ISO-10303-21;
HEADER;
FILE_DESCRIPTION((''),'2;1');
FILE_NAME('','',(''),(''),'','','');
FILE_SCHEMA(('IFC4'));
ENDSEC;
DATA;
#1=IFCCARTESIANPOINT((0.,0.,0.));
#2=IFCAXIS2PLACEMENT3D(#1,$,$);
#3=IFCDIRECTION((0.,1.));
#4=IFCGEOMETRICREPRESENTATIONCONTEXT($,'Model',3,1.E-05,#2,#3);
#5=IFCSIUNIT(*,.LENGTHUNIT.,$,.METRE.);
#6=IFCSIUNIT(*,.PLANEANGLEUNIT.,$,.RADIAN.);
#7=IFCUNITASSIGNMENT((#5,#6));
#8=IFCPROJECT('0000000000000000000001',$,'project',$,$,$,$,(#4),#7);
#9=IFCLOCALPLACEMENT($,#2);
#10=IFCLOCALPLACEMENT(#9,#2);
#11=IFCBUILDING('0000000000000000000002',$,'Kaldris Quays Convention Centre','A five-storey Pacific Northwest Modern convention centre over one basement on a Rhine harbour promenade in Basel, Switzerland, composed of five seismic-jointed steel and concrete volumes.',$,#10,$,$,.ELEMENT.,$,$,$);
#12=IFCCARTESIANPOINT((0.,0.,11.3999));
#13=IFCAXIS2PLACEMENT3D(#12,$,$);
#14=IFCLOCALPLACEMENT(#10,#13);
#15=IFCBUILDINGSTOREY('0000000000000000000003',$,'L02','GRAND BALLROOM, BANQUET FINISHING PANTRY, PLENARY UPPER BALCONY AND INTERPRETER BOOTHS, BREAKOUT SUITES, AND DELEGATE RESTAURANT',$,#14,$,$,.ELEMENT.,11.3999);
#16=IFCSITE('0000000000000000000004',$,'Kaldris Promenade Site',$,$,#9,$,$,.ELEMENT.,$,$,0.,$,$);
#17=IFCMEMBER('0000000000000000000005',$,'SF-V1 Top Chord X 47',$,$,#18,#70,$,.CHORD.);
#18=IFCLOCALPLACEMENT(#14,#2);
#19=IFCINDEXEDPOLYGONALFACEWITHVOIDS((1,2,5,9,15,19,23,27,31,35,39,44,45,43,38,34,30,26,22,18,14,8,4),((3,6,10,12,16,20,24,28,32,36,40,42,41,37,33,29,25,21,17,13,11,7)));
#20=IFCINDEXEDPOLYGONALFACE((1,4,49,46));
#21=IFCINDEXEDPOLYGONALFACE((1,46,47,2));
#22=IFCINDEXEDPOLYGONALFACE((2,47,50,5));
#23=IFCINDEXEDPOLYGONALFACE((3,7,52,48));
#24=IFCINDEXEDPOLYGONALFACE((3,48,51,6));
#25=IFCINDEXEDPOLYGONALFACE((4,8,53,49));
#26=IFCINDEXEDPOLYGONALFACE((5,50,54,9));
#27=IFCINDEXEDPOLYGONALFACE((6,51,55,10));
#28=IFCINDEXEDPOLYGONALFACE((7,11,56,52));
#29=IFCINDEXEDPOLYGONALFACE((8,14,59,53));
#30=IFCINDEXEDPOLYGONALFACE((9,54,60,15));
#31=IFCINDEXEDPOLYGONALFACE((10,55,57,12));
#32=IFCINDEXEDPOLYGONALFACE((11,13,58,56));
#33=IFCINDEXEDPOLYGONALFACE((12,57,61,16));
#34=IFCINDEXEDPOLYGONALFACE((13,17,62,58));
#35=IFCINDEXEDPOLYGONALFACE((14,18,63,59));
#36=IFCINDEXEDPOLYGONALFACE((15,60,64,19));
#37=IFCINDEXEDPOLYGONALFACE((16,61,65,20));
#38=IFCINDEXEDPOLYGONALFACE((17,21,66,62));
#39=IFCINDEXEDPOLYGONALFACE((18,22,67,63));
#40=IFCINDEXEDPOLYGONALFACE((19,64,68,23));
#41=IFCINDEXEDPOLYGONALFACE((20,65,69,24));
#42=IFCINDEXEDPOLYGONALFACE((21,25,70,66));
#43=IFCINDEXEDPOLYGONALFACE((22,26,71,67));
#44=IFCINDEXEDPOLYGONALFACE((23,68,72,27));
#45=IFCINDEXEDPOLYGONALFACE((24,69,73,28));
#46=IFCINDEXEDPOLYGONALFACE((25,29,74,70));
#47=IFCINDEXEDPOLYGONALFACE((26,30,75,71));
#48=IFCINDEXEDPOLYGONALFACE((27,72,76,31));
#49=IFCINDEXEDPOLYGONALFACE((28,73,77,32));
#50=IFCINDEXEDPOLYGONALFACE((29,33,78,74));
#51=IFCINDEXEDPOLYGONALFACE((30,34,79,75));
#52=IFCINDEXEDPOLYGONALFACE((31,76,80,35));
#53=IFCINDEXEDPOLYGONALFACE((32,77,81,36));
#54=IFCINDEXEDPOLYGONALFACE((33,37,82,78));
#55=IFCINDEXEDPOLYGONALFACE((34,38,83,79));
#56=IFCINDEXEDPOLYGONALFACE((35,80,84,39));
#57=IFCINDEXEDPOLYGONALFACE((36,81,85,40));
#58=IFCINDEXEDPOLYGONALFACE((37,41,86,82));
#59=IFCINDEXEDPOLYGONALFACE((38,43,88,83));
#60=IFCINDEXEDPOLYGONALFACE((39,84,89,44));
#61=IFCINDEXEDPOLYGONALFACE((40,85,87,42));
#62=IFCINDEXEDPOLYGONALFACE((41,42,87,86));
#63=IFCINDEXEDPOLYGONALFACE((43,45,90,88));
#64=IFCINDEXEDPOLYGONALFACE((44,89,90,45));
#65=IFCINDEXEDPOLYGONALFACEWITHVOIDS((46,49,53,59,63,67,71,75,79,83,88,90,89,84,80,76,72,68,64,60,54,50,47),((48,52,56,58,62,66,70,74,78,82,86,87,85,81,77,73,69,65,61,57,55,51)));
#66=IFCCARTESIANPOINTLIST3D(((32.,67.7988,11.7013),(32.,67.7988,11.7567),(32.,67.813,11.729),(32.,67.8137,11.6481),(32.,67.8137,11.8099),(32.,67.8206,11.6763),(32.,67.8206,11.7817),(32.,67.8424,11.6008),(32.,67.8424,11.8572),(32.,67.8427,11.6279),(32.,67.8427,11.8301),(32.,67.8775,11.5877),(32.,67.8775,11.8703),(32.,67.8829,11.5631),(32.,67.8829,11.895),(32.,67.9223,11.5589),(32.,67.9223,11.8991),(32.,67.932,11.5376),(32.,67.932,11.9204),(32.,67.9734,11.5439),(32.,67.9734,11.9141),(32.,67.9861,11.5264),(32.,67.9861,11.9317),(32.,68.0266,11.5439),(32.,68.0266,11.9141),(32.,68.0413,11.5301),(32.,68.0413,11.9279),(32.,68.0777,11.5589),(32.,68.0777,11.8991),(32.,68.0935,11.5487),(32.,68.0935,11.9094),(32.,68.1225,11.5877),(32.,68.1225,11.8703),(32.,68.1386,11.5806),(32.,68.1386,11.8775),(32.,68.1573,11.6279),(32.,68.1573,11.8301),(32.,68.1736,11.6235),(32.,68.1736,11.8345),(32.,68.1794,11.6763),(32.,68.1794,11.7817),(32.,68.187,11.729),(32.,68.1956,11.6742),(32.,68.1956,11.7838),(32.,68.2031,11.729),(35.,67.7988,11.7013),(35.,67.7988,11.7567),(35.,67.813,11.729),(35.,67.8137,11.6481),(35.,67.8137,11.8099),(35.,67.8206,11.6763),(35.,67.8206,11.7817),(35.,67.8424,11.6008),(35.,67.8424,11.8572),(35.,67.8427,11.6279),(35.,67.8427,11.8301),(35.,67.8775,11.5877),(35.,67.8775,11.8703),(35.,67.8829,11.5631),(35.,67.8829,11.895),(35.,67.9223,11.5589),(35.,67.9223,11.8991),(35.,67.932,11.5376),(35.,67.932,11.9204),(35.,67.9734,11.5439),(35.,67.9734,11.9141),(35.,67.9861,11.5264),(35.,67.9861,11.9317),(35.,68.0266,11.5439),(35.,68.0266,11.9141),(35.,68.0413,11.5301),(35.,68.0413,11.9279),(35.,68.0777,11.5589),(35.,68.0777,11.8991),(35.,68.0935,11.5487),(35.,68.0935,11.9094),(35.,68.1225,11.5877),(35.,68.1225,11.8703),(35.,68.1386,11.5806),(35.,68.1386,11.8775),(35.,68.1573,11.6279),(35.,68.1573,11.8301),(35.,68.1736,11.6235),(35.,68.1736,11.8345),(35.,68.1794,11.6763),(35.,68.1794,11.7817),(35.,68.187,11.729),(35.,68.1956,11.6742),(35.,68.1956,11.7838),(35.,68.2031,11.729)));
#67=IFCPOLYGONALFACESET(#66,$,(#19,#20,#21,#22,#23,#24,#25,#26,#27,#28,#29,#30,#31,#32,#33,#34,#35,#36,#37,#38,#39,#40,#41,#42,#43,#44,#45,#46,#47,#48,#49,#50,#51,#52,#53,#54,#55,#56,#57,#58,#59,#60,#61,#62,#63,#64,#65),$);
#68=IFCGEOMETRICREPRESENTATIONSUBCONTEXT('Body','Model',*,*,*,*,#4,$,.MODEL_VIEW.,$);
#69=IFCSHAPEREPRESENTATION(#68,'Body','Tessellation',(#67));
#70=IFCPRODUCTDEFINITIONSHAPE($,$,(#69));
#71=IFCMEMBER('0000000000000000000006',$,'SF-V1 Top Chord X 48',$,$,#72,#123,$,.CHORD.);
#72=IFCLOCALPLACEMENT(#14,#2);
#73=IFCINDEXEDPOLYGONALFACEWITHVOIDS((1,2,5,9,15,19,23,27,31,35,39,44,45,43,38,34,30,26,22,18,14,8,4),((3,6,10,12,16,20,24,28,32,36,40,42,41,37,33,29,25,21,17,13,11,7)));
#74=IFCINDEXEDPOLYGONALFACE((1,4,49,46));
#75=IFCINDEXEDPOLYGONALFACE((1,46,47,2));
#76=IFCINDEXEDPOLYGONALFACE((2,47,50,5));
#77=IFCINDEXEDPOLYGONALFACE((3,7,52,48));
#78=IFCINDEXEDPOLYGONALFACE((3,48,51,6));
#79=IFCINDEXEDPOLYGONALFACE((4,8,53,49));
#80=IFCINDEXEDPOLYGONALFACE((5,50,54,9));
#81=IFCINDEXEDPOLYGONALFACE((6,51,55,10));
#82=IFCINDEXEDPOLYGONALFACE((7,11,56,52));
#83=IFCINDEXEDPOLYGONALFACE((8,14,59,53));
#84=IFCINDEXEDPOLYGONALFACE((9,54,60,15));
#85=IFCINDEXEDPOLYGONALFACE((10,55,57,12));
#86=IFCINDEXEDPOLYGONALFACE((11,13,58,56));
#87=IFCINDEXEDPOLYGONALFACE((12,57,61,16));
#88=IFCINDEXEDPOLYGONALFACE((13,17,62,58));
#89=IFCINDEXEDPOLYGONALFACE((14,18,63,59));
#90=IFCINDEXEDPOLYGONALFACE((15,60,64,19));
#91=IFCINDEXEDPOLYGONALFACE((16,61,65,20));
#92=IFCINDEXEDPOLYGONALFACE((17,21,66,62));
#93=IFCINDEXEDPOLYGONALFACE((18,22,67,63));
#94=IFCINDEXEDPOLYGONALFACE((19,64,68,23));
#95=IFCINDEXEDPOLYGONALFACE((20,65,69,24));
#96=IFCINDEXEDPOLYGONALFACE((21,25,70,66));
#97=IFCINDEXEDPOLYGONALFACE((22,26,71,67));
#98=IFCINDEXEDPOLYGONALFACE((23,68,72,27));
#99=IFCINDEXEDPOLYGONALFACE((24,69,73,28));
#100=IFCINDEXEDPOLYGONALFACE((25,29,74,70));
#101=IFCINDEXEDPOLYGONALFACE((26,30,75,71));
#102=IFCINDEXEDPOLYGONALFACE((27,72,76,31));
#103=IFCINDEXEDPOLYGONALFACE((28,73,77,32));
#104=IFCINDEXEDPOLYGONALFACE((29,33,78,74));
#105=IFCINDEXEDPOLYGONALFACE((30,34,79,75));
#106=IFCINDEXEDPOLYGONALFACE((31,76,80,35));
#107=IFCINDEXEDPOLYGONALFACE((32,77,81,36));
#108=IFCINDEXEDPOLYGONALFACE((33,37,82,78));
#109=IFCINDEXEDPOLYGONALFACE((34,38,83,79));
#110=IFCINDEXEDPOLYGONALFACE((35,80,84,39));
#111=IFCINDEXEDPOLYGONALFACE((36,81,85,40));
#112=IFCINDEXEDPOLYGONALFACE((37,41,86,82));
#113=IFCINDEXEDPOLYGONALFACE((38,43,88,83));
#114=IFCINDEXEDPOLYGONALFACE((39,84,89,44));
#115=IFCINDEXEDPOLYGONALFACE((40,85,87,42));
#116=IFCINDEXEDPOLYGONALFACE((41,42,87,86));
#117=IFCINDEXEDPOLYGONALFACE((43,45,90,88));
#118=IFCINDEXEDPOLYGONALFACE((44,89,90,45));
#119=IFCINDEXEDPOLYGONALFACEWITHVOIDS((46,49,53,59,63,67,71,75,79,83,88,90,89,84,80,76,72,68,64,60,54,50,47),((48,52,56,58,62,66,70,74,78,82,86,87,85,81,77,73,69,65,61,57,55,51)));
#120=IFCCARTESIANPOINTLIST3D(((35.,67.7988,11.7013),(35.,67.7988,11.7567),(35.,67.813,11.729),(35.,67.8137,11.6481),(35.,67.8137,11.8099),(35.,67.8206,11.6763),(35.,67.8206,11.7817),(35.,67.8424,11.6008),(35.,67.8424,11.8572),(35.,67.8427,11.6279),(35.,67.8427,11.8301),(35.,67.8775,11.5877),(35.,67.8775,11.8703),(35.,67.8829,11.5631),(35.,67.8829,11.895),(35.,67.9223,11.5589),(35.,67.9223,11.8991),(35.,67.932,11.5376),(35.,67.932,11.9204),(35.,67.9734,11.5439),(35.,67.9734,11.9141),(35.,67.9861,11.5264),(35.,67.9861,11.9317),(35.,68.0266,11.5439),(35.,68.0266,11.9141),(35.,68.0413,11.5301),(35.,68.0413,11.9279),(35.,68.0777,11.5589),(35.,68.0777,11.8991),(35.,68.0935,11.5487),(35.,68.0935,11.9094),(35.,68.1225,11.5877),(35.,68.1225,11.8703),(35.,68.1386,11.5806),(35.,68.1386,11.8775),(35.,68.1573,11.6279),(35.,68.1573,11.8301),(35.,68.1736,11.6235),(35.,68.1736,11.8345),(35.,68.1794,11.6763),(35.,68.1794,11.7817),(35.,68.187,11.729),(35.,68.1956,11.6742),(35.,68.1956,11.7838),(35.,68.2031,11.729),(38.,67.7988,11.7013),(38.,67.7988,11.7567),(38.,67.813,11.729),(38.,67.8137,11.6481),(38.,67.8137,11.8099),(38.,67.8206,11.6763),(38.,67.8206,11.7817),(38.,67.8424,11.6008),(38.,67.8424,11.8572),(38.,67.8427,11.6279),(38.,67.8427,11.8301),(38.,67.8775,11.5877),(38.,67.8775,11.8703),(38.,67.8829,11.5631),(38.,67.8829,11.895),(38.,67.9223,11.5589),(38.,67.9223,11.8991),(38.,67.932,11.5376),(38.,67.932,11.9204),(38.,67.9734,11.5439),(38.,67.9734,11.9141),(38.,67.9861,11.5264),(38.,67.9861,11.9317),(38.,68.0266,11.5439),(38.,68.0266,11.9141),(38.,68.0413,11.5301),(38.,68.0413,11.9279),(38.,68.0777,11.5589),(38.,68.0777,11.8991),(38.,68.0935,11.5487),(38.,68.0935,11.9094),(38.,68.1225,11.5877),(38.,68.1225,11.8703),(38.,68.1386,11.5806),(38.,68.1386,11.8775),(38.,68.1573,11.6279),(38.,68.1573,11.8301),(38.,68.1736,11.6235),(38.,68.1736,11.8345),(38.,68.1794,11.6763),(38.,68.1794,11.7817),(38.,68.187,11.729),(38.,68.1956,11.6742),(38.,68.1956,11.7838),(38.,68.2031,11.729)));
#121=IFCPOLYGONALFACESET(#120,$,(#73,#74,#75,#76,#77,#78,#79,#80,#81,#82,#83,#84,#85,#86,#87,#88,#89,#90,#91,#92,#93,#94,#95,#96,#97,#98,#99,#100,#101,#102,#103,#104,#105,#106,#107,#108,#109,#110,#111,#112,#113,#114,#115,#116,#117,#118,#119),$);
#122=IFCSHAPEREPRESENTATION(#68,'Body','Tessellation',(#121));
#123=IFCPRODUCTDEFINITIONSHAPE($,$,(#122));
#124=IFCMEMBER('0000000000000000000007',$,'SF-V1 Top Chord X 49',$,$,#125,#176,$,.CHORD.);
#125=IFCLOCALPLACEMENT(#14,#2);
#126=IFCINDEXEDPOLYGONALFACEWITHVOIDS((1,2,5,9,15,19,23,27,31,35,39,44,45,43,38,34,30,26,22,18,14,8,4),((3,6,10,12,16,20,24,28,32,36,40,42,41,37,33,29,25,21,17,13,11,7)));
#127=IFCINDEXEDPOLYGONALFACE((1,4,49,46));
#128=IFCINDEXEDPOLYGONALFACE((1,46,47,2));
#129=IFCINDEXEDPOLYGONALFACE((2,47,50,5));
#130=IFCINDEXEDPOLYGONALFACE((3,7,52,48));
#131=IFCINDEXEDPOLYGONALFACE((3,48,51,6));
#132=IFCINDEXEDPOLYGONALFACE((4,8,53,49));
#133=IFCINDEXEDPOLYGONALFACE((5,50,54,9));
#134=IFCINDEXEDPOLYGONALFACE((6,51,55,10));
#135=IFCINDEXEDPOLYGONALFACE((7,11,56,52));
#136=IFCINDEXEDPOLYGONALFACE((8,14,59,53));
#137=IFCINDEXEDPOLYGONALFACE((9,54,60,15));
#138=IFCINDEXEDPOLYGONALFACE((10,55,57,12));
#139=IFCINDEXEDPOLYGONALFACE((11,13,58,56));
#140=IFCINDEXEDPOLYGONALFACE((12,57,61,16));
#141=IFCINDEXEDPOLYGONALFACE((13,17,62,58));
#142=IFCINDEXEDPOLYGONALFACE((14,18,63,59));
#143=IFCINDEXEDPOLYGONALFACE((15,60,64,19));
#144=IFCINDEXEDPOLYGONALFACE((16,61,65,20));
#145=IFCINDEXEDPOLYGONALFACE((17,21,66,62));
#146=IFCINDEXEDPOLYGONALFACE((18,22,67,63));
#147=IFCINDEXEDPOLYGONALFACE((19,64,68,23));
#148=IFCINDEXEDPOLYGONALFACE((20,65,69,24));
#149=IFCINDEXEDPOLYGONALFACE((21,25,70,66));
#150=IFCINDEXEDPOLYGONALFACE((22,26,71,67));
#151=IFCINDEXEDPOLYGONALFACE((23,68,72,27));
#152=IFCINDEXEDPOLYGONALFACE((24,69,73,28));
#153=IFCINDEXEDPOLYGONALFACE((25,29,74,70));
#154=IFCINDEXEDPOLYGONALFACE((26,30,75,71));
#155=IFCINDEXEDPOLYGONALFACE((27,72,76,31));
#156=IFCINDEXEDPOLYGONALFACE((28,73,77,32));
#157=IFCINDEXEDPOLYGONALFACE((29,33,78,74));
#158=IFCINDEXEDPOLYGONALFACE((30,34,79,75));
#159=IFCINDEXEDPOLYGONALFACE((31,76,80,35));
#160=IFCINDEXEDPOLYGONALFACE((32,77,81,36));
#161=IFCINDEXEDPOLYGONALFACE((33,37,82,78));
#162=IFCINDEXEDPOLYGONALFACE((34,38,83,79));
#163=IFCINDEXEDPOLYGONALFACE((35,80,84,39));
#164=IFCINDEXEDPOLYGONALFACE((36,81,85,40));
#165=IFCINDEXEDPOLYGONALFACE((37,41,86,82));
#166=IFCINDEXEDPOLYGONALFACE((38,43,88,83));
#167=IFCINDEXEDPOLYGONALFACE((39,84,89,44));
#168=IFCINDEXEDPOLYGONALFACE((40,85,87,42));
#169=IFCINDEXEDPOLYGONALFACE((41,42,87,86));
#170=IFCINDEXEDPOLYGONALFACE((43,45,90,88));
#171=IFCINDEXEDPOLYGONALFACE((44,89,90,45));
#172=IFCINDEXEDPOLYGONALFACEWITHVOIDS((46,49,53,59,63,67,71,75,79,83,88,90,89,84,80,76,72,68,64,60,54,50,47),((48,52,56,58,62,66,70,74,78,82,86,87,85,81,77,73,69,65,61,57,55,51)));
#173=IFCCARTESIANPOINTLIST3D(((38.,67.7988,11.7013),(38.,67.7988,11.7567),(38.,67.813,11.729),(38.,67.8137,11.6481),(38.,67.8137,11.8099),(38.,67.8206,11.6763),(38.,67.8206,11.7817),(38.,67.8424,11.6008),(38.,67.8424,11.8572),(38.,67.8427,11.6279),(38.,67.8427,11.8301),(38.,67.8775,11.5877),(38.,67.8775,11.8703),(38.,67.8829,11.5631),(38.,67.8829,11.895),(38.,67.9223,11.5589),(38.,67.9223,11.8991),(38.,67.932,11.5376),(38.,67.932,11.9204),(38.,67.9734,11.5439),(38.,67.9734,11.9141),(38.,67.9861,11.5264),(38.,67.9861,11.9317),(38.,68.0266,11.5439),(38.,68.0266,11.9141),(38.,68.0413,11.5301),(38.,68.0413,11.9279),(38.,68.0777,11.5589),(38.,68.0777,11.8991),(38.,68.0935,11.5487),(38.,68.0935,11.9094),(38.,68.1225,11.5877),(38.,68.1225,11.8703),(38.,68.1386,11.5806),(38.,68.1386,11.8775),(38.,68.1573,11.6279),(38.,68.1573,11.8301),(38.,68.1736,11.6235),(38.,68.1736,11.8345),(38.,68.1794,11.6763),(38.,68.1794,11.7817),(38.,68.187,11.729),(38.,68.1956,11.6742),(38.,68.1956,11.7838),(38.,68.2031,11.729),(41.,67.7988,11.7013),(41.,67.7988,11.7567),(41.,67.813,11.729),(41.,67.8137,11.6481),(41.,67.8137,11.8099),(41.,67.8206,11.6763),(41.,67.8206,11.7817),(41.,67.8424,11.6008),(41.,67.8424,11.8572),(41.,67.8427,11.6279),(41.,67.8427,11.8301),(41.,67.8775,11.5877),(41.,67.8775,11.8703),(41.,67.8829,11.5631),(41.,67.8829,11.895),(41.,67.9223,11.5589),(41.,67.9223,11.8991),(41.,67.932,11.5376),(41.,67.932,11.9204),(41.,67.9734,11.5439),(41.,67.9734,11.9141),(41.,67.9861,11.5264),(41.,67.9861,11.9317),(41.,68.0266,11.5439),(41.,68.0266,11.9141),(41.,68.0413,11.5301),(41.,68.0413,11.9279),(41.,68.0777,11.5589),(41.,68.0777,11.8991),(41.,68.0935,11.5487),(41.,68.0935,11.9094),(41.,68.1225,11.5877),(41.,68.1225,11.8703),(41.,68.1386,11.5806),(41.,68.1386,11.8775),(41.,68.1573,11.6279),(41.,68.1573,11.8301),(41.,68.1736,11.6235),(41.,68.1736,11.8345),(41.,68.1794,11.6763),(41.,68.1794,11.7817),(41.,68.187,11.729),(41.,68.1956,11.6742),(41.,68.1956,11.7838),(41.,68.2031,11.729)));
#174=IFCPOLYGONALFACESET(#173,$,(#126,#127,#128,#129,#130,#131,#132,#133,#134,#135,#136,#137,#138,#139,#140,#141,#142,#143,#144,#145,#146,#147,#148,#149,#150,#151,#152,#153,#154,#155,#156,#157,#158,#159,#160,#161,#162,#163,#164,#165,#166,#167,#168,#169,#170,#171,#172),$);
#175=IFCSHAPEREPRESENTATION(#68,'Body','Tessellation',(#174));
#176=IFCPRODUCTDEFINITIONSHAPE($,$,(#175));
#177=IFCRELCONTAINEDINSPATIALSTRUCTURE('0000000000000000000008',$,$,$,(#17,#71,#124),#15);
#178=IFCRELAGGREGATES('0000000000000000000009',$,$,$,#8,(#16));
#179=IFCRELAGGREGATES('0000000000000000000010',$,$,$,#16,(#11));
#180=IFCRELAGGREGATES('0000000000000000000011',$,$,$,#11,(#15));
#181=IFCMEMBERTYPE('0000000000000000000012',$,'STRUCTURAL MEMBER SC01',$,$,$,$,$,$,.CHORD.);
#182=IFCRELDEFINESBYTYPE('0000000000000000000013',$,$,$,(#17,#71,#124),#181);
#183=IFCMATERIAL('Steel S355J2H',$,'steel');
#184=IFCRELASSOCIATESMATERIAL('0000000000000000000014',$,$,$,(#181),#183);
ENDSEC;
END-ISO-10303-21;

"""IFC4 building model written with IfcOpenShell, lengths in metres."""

from ifc_helpers import new_model, si_unit, direction, frame, origin, origin_2d, place, context, subcontext, project, spatial, hollow_circle, extrude, material, material_profile, profile_set, type_object, element, save


model = new_model("IFC4")

# Units and contexts
model_context = context("Model", 3, precision=1e-05, world=origin(), true_north=direction((0.0, 1.0)))
body_context = subcontext(model_context, "Body", "Model", "MODEL_VIEW")
ifc_project = project(units=[si_unit("LENGTHUNIT", "METRE"), si_unit("PLANEANGLEUNIT", "RADIAN")], contexts=[model_context])

# Site, building, storey
site_placement = place(None, origin())
site = spatial("IfcSite", under=ifc_project, at=site_placement, Name="Kaldris Promenade Site", CompositionType="ELEMENT", RefElevation=0.0)
building_placement = place(site_placement, origin())
building = spatial("IfcBuilding", under=site, at=building_placement, Name="Kaldris Quays Convention Centre", Description="A five-storey Pacific Northwest Modern convention centre over one basement on a Rhine harbour promenade in Basel, Switzerland, composed of five seismic-jointed steel and concrete volumes.", CompositionType="ELEMENT")
storey_placement = place(building_placement, frame((0.0, 0.0, 11.3999)))
storey = spatial("IfcBuildingStorey", under=building, at=storey_placement, Name="L02", Description="GRAND BALLROOM, BANQUET FINISHING PANTRY, PLENARY UPPER BALCONY AND INTERPRETER BOOTHS, BREAKOUT SUITES, AND DELEGATE RESTAURANT", CompositionType="ELEMENT", Elevation=11.3999)

# Members
ifc_material_1 = material(Name="Steel S355J2H", Category="steel")
ifc_material_profile_1 = material_profile(ifc_material_1, hollow_circle(Radius=0.2031, WallThickness=0.0161, at=origin_2d()), Name="CHS 406.4x16")
ifc_profile_set_1 = profile_set([ifc_material_profile_1], Name="Steel S355J2H")
member_type_1 = type_object("IfcMemberType", Name="STRUCTURAL MEMBER SC01", PredefinedType="CHORD", material=ifc_profile_set_1)
for number, where, z_axis, x_axis, name in (
    (1, (32.0, 68.0, 11.729), (1.0, 0.0, 0.0), (0.0, 1.0, 0.0), "SF-V1 Top Chord X 47"),
    (2, (35.0, 68.0, 11.729), (1.0, 0.0, 0.0), (0.0, 1.0, 0.0), "SF-V1 Top Chord X 48"),
    (3, (38.0, 68.0, 11.729), (1.0, 0.0, 0.0), (0.0, 1.0, 0.0), "SF-V1 Top Chord X 49"),
):
    element("IfcMember", number, at=place(storey_placement, frame(where, z_axis=z_axis, x_axis=x_axis)), inside=storey, type_object=member_type_1, Name=name, PredefinedType="CHORD", context=body_context, shape_type="SweptSolid", body=[
        extrude(hollow_circle(Radius=0.2031, WallThickness=0.0161, at=origin_2d()), origin(), (0.0, 0.0, 1.0), 3.0),
    ])

save(model, "model.ifc")
